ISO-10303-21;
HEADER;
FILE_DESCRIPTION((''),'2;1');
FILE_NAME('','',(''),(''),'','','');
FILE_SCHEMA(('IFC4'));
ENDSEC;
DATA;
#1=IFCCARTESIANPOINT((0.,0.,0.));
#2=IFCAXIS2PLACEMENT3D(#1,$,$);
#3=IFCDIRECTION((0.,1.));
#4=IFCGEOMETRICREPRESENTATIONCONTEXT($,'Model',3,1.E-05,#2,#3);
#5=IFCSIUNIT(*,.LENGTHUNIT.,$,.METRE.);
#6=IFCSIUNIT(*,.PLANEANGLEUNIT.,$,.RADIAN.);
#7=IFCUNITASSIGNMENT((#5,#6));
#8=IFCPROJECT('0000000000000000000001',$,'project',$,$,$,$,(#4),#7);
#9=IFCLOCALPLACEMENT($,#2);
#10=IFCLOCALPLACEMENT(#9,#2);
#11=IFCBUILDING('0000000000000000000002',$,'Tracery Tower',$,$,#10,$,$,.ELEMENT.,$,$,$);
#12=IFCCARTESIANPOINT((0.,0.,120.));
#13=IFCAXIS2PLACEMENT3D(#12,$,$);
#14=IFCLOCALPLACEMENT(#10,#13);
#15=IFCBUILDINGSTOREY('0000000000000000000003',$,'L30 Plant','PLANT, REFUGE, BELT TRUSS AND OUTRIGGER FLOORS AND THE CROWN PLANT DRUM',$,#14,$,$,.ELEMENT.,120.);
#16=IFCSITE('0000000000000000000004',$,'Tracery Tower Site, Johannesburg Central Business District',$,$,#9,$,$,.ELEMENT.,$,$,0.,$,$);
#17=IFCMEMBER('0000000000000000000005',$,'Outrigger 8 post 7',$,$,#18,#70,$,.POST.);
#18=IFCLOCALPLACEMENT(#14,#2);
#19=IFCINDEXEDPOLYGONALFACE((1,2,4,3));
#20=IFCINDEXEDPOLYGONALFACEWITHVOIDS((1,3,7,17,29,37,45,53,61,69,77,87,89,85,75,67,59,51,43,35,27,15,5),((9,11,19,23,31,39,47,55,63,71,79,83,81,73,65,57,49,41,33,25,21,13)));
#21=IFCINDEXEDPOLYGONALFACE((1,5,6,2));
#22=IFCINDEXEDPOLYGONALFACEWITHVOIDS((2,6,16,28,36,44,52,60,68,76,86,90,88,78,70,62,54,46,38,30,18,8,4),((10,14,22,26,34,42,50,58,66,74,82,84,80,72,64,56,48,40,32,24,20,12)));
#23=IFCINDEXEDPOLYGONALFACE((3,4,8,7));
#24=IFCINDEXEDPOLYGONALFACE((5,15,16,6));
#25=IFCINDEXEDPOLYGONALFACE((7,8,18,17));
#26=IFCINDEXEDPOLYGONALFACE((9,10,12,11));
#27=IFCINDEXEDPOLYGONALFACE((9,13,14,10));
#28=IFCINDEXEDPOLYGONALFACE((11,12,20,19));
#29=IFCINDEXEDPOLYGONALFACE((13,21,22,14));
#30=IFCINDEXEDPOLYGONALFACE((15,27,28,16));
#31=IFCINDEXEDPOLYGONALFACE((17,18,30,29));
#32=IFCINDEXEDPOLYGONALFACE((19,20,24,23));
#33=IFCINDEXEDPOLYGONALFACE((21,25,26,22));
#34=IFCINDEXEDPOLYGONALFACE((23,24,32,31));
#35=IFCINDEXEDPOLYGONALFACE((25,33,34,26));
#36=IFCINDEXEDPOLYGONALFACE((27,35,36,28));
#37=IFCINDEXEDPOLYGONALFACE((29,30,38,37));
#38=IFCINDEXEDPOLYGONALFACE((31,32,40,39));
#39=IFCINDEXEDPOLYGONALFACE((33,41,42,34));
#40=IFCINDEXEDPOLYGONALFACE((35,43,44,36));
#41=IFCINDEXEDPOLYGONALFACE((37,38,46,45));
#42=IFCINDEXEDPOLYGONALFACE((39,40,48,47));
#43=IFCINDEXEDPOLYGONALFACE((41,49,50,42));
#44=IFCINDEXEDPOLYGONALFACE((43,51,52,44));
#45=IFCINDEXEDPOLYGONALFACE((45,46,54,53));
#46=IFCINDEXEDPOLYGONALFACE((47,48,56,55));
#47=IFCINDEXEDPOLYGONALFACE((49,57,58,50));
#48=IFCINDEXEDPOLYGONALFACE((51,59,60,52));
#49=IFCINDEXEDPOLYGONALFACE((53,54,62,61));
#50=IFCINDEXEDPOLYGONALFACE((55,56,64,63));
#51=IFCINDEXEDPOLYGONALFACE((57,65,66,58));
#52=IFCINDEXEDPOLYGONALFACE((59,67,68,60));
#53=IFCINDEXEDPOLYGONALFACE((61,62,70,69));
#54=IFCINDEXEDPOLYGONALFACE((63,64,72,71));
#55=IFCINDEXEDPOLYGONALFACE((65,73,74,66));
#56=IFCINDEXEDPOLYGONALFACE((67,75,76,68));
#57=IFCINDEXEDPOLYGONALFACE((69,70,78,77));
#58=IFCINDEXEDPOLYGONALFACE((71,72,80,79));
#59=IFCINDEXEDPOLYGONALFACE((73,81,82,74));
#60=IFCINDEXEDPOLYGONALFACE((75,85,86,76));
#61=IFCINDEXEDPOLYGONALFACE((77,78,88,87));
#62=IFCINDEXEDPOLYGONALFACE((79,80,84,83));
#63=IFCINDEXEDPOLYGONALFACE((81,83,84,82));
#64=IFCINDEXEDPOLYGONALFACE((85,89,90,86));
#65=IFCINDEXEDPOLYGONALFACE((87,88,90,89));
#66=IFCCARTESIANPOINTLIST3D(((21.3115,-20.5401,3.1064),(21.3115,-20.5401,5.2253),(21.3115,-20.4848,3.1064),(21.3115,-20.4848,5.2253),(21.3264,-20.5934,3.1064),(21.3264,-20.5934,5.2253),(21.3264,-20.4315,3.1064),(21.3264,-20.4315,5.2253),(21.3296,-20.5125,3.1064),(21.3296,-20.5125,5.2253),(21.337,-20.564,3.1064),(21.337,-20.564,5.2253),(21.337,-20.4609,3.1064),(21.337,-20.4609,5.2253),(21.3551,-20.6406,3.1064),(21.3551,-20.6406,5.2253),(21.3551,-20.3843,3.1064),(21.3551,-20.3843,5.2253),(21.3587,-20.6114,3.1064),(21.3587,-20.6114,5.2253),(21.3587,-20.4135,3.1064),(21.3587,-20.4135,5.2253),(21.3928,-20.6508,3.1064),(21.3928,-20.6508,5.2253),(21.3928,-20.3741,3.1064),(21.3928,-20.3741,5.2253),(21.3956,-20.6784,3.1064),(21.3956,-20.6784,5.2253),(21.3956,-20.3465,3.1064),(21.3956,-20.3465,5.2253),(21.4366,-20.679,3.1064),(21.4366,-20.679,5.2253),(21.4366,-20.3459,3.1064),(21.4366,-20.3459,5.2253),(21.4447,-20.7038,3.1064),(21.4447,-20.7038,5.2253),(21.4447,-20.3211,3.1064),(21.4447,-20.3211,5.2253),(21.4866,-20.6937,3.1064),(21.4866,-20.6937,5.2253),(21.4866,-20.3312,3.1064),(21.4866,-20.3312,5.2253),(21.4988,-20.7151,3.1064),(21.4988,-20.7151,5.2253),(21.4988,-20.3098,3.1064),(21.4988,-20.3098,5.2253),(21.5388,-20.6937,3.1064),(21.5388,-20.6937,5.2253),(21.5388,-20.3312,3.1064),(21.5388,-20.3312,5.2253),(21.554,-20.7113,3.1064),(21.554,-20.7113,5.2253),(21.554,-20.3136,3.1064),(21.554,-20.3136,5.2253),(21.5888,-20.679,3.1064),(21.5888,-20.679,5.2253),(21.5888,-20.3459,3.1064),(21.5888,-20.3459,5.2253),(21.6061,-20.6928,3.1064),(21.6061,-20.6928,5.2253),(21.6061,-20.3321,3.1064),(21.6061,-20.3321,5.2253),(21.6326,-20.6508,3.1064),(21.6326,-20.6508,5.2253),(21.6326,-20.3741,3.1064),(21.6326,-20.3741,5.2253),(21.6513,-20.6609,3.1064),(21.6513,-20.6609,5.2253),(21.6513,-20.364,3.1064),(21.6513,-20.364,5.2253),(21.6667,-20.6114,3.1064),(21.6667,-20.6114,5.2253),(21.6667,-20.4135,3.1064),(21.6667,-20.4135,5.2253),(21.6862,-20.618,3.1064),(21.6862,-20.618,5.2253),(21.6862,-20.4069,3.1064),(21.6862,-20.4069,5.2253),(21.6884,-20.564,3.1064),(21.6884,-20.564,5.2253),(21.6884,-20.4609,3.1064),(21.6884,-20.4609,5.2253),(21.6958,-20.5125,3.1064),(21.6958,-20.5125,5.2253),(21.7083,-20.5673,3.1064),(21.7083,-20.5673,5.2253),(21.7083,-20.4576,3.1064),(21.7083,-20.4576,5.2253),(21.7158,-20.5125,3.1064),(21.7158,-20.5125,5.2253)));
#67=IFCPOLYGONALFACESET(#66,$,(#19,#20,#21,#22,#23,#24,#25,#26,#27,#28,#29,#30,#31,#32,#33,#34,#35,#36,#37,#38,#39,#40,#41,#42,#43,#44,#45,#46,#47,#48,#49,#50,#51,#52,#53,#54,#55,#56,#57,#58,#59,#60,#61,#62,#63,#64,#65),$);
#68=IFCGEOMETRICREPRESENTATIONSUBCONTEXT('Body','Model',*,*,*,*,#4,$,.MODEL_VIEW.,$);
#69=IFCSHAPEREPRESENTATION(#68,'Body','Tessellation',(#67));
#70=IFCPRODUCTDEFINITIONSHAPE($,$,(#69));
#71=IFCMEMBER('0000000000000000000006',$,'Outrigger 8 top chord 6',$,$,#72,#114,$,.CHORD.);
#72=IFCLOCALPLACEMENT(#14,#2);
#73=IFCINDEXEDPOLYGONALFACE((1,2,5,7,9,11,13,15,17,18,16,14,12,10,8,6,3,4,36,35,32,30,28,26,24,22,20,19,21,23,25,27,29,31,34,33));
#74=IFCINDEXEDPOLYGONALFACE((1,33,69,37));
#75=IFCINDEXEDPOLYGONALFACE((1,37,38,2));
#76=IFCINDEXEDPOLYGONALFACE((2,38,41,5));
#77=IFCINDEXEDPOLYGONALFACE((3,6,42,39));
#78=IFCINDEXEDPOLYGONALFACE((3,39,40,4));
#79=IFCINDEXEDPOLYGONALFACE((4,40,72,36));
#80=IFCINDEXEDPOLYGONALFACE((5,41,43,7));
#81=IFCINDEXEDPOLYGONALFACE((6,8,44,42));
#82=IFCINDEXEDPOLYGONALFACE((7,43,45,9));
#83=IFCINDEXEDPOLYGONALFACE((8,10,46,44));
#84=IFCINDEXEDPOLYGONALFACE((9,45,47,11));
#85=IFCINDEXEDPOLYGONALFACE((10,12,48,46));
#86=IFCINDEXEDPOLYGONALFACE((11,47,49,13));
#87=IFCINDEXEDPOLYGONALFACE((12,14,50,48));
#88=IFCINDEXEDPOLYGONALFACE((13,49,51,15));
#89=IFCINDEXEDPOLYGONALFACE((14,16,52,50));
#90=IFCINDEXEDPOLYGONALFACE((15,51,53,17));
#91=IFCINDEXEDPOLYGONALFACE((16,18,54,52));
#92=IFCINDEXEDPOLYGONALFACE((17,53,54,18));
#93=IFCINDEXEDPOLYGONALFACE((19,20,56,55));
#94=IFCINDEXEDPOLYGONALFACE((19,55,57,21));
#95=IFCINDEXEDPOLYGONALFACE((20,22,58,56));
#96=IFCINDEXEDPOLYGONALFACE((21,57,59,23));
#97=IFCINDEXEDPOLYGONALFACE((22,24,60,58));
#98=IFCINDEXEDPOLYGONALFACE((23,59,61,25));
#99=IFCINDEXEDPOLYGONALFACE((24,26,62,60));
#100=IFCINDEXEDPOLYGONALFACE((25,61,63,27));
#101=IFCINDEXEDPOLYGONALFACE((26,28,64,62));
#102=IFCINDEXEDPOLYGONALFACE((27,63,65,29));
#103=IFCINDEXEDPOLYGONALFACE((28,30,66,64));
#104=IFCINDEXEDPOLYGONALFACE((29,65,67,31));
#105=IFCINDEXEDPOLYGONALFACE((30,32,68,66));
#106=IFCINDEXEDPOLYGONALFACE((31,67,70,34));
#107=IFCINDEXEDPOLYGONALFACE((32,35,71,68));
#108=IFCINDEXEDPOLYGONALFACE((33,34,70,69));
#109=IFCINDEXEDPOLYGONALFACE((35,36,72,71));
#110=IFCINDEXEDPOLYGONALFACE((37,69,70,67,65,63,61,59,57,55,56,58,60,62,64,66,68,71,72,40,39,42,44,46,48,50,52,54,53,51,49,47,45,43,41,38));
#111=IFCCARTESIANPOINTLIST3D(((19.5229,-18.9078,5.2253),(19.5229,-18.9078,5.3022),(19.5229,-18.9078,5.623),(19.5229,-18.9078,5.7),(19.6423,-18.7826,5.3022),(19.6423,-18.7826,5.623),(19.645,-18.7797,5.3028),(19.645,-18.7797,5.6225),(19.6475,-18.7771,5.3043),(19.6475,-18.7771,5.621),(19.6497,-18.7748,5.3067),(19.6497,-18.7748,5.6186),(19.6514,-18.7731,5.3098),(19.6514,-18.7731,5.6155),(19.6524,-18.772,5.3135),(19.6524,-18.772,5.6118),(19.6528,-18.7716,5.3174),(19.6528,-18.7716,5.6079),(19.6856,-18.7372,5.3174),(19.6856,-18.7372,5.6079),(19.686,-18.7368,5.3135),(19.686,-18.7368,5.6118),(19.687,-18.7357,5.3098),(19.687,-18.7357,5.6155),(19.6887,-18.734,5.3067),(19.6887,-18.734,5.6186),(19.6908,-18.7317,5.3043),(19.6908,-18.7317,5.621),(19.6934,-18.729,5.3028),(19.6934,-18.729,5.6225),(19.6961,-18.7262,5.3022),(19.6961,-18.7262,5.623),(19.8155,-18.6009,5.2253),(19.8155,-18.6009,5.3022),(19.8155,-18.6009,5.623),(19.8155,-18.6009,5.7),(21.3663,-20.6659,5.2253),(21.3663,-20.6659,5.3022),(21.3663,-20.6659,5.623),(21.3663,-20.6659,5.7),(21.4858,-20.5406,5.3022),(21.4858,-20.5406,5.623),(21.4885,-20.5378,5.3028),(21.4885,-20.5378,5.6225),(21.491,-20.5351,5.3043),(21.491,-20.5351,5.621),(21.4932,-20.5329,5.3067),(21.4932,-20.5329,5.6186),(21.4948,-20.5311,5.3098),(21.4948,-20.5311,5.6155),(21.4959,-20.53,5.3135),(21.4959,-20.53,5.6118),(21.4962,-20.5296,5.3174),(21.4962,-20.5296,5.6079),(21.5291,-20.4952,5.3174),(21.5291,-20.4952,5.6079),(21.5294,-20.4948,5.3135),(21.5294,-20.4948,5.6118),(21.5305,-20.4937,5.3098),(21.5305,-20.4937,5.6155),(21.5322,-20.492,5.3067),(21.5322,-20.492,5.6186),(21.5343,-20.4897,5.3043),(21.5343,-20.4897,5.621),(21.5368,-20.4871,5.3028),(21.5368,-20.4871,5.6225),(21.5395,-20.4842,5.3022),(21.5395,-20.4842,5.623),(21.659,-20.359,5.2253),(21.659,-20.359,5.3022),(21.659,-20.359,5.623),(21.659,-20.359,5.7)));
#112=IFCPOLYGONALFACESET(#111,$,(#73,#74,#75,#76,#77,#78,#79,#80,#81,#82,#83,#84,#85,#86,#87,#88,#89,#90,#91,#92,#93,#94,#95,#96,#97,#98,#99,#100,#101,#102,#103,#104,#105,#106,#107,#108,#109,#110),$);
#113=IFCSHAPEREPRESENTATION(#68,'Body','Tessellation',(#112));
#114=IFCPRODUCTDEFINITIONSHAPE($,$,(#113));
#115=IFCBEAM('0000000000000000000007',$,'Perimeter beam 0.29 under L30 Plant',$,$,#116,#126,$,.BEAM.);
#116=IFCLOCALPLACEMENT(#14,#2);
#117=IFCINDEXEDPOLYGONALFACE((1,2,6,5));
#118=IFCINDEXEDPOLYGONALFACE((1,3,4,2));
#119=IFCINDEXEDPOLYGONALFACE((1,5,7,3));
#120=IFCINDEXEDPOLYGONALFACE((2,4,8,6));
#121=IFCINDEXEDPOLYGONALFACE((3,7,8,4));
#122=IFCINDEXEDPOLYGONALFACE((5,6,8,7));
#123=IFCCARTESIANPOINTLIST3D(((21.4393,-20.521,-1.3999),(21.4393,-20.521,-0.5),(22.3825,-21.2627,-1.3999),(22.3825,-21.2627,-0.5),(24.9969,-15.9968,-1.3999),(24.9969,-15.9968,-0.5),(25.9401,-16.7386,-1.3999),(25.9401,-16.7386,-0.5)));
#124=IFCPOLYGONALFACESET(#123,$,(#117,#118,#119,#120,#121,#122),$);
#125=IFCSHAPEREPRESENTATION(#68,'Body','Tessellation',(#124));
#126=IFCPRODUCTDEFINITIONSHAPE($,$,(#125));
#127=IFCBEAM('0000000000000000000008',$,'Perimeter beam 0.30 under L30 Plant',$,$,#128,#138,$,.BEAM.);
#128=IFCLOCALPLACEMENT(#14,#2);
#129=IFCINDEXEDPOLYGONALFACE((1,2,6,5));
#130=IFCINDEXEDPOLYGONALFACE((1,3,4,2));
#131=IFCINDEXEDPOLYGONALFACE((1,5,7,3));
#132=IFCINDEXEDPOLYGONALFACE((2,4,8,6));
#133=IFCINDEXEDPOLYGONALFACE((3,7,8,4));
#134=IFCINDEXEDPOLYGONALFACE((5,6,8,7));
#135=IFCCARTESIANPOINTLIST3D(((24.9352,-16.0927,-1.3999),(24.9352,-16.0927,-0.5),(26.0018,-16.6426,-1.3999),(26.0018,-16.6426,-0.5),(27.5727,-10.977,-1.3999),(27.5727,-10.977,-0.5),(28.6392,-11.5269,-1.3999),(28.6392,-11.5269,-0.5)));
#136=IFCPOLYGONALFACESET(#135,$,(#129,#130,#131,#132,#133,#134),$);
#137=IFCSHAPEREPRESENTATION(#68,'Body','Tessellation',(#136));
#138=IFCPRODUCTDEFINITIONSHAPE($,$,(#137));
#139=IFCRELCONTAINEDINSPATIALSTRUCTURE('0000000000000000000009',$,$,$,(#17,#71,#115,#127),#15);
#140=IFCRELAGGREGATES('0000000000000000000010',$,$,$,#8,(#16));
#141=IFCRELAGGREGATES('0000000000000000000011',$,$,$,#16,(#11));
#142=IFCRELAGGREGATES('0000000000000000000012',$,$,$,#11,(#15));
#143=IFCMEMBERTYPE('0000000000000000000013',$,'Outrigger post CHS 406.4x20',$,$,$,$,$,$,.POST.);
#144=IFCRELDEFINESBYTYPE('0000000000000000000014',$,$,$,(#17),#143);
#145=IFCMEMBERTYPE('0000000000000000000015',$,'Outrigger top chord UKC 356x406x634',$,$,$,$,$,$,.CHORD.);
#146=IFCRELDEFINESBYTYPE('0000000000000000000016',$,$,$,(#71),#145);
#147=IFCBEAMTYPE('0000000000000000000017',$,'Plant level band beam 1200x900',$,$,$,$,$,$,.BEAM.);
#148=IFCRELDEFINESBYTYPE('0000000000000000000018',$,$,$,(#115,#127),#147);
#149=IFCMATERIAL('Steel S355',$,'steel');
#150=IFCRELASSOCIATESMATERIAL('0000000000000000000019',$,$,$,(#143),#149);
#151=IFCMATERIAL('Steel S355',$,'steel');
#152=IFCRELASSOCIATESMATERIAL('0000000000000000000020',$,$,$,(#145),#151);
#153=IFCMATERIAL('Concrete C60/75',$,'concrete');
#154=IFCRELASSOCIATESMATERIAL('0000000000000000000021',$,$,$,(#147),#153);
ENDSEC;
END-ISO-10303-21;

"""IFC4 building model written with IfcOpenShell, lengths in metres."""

from ifc_helpers import new_model, si_unit, direction, frame, origin, origin_2d, place, context, subcontext, project, spatial, rectangle, hollow_circle, i_section, extrude, material, material_profile, profile_set, type_object, element, save


model = new_model("IFC4")

# Units and contexts
model_context = context("Model", 3, precision=1e-05, world=origin(), true_north=direction((0.0, 1.0)))
body_context = subcontext(model_context, "Body", "Model", "MODEL_VIEW")
ifc_project = project(units=[si_unit("LENGTHUNIT", "METRE"), si_unit("PLANEANGLEUNIT", "RADIAN")], contexts=[model_context])

# Site, building, storey
site_placement = place(None, origin())
site = spatial("IfcSite", under=ifc_project, at=site_placement, Name="Tracery Tower Site, Johannesburg Central Business District", CompositionType="ELEMENT", RefElevation=0.0)
building_placement = place(site_placement, origin())
building = spatial("IfcBuilding", under=site, at=building_placement, Name="Tracery Tower", CompositionType="ELEMENT")
storey_placement = place(building_placement, frame((0.0, 0.0, 120.0)))
storey = spatial("IfcBuildingStorey", under=building, at=storey_placement, Name="L30 Plant", Description="PLANT, REFUGE, BELT TRUSS AND OUTRIGGER FLOORS AND THE CROWN PLANT DRUM", CompositionType="ELEMENT", Elevation=120.0)

# Members
ifc_material_1 = material(Name="Steel S355", Category="steel")
ifc_material_profile_1 = material_profile(ifc_material_1, hollow_circle(Radius=0.2031, WallThickness=0.02, at=origin_2d()), Name="CHS 406.4x20")
ifc_profile_set_1 = profile_set([ifc_material_profile_1], Name="Steel S355")
member_type_1 = type_object("IfcMemberType", Name="Outrigger post CHS 406.4x20", PredefinedType="POST", material=ifc_profile_set_1)
for number, where, z_axis, x_axis, name in (
    (1, (21.5127, -20.5125, 3.1064), (0.0, 0.0, 1.0), (1.0, 0.0, 0.0), "Outrigger 8 post 7"),
):
    element("IfcMember", number, at=place(storey_placement, frame(where, z_axis=z_axis, x_axis=x_axis)), inside=storey, type_object=member_type_1, Name=name, PredefinedType="POST", context=body_context, shape_type="SweptSolid", body=[
        extrude(hollow_circle(Radius=0.2031, WallThickness=0.02, at=origin_2d()), origin(), (0.0, 0.0, 1.0), 2.1189),
    ])
ifc_material_2 = material(Name="Steel S355", Category="steel")
ifc_material_profile_2 = material_profile(ifc_material_2, i_section(OverallWidth=0.4241, OverallDepth=0.4746, WebThickness=0.0476, FlangeThickness=0.0769, FilletRadius=0.0151, at=origin_2d()), Name="UKC 356x406x634")
ifc_profile_set_2 = profile_set([ifc_material_profile_2], Name="Steel S355")
member_type_2 = type_object("IfcMemberType", Name="Outrigger top chord UKC 356x406x634", PredefinedType="CHORD", material=ifc_profile_set_2)
member_1_placement = place(storey_placement, frame((19.6692, -18.7544, 5.4626), z_axis=(0.72368, -0.690136, 0.0), x_axis=(0.690136, 0.72368, 0.0)))
element("IfcMember", 2, at=member_1_placement, inside=storey, type_object=member_type_2, Name="Outrigger 8 top chord 6", PredefinedType="CHORD", context=body_context, shape_type="SweptSolid", body=[
    extrude(i_section(OverallWidth=0.4241, OverallDepth=0.4746, WebThickness=0.0476, FlangeThickness=0.0769, FilletRadius=0.0151, at=origin_2d()), origin(), (0.0, 0.0, 1.0), 2.5474),
])

# Beams
ifc_material_3 = material(Name="Concrete C60/75", Category="concrete")
ifc_material_profile_3 = material_profile(ifc_material_3, rectangle(XDim=1.2, YDim=0.8999, at=origin_2d()), Name="RC 1200x900")
ifc_profile_set_3 = profile_set([ifc_material_profile_3], Name="Concrete C60/75")
beam_type = type_object("IfcBeamType", Name="Plant level band beam 1200x900", PredefinedType="BEAM", material=ifc_profile_set_3)
beam_1_placement = place(storey_placement, frame((21.9109, -20.8918, -0.95), z_axis=(0.618134, 0.786072, 0.0), x_axis=(-0.786072, 0.618134, 0.0)))
element("IfcBeam", 3, at=beam_1_placement, inside=storey, type_object=beam_type, Name="Perimeter beam 0.29 under L30 Plant", PredefinedType="BEAM", context=body_context, shape_type="SweptSolid", body=[
    extrude(rectangle(XDim=1.2, YDim=0.8999, at=origin_2d()), origin(), (0.0, 0.0, 1.0), 5.7554),
])
beam_2_placement = place(storey_placement, frame((25.4685, -16.3677, -0.95), z_axis=(0.458242, 0.888827, 0.0), x_axis=(-0.888827, 0.458242, 0.0)))
element("IfcBeam", 4, at=beam_2_placement, inside=storey, type_object=beam_type, Name="Perimeter beam 0.30 under L30 Plant", PredefinedType="BEAM", context=body_context, shape_type="SweptSolid", body=[
    extrude(rectangle(XDim=1.2, YDim=0.8999, at=origin_2d()), origin(), (0.0, 0.0, 1.0), 5.7556),
])

save(model, "model.ifc")
